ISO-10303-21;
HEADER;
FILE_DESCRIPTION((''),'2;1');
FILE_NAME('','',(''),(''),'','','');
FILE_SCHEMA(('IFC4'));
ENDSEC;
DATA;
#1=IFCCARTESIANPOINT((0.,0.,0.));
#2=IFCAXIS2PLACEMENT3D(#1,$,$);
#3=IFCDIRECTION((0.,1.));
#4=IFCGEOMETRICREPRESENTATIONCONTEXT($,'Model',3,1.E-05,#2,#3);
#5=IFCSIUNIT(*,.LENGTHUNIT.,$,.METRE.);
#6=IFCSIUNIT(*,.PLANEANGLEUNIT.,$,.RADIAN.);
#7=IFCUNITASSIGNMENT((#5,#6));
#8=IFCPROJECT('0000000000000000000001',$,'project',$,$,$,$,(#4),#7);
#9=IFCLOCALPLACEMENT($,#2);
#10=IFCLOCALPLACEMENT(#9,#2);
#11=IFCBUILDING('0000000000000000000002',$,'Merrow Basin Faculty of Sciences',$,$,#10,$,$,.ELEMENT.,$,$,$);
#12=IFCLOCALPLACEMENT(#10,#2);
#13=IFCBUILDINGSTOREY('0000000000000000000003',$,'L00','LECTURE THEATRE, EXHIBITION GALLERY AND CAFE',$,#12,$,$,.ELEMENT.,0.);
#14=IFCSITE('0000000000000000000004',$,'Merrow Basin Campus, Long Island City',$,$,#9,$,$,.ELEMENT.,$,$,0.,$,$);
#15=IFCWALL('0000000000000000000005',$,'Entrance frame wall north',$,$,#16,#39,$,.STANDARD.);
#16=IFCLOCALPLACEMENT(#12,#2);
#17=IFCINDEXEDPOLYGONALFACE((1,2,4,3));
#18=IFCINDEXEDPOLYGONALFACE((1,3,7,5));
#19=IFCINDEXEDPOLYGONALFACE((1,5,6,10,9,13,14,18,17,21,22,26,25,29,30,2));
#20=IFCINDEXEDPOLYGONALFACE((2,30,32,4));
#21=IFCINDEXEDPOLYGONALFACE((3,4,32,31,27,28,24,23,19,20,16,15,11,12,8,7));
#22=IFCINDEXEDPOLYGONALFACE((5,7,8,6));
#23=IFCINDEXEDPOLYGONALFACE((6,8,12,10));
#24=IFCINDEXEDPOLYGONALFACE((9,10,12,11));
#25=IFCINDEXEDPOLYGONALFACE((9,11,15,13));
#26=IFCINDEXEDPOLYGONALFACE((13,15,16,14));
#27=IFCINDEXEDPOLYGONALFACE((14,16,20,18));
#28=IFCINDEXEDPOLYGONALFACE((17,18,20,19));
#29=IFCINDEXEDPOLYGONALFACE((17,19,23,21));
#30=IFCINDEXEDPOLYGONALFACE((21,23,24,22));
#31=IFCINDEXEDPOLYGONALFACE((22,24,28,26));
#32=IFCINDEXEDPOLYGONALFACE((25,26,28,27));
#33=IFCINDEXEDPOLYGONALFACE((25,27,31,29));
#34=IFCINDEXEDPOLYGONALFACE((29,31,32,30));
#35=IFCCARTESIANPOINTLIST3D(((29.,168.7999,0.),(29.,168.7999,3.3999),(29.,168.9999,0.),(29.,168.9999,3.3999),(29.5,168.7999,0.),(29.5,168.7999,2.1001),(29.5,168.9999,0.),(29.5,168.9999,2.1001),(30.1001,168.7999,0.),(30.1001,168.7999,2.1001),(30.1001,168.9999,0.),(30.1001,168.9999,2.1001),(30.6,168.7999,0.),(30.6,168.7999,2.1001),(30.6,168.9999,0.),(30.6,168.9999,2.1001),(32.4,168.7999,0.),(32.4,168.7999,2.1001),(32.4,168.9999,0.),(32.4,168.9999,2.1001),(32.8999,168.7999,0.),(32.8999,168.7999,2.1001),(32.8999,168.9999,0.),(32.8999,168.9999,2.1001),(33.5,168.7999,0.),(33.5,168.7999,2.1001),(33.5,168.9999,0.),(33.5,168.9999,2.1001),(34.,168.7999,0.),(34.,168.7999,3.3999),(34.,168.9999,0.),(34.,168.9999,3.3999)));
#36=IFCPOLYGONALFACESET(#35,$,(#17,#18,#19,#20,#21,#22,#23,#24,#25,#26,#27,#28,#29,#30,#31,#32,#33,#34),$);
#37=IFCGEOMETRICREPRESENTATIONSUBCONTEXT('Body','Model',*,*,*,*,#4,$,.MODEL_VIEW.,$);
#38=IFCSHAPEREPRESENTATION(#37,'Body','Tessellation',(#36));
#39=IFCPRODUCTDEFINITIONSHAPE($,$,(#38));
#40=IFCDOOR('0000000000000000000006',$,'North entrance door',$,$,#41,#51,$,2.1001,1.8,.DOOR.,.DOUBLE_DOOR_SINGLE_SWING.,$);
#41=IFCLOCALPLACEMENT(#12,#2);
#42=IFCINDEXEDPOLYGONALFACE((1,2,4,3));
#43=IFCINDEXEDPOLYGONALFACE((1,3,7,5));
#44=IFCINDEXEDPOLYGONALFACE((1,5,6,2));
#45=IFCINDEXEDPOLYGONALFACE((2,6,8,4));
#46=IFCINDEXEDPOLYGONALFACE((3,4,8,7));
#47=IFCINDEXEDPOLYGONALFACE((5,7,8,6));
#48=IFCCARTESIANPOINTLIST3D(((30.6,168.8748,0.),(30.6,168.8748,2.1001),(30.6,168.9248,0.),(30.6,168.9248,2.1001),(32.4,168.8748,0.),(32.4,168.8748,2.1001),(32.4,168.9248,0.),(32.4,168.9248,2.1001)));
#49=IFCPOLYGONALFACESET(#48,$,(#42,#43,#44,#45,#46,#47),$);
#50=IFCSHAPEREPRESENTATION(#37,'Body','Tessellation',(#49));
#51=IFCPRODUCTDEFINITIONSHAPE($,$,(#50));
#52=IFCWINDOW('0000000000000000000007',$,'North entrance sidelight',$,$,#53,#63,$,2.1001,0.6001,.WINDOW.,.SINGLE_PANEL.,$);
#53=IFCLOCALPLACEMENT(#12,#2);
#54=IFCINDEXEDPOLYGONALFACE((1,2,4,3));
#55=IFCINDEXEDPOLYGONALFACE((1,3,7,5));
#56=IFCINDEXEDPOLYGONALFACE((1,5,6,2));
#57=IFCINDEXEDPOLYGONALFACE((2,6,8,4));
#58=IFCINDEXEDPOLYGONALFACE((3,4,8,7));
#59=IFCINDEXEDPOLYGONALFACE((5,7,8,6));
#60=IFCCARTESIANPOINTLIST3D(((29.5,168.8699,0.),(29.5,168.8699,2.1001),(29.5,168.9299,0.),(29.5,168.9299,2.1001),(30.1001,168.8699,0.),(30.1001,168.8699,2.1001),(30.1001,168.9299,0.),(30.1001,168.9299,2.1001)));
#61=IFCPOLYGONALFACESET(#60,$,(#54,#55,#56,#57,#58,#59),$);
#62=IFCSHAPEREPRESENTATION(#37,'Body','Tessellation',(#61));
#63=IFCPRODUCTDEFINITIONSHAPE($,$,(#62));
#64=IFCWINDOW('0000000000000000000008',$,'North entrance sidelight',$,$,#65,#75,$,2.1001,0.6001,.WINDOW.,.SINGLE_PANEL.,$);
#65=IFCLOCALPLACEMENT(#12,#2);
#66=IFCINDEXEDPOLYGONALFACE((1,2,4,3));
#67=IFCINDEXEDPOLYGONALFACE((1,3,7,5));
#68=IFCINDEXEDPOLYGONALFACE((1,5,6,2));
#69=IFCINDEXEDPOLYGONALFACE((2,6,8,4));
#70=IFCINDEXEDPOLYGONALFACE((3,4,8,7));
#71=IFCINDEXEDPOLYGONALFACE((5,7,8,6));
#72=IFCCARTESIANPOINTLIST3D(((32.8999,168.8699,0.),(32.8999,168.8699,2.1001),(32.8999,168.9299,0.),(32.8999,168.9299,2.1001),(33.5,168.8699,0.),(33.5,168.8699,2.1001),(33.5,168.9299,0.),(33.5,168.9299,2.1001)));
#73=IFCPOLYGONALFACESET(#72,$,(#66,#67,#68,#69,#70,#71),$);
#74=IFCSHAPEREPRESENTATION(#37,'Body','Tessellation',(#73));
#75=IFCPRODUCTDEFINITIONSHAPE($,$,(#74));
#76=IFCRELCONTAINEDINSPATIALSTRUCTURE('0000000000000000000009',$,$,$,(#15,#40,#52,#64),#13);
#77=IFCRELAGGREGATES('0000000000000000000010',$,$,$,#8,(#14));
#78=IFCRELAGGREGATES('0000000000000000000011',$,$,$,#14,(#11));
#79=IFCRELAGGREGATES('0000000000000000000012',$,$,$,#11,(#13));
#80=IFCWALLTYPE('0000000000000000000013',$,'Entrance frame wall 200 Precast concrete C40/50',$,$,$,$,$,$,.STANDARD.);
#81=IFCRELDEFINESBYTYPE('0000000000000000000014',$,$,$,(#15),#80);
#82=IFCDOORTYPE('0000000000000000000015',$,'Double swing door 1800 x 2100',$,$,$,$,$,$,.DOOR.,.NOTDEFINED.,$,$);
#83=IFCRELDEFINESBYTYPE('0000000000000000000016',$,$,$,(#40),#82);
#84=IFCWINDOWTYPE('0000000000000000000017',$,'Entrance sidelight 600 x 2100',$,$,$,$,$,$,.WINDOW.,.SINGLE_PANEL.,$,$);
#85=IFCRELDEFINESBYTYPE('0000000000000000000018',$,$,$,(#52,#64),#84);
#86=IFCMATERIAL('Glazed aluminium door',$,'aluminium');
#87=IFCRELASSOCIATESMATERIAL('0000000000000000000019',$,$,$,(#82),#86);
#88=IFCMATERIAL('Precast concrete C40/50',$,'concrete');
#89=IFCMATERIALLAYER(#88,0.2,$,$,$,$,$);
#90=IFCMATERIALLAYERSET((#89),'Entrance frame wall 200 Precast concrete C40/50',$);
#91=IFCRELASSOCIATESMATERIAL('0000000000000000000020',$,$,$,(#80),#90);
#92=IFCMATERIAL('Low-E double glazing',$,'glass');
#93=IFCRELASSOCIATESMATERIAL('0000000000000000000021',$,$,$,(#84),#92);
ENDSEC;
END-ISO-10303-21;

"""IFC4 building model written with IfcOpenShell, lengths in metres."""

from ifc_helpers import new_model, si_unit, direction, frame, frame_2d, origin, place, context, subcontext, project, spatial, rectangle, extrude, material, layer, layer_set, type_object, element, fill, save


model = new_model("IFC4")

# Units and contexts
model_context = context("Model", 3, precision=1e-05, world=origin(), true_north=direction((0.0, 1.0)))
body_context = subcontext(model_context, "Body", "Model", "MODEL_VIEW")
ifc_project = project(units=[si_unit("LENGTHUNIT", "METRE"), si_unit("PLANEANGLEUNIT", "RADIAN")], contexts=[model_context])

# Site, building, storey
site_placement = place(None, origin())
site = spatial("IfcSite", under=ifc_project, at=site_placement, Name="Merrow Basin Campus, Long Island City", CompositionType="ELEMENT", RefElevation=0.0)
building_placement = place(site_placement, origin())
building = spatial("IfcBuilding", under=site, at=building_placement, Name="Merrow Basin Faculty of Sciences", CompositionType="ELEMENT")
storey_placement = place(building_placement, origin())
storey = spatial("IfcBuildingStorey", under=building, at=storey_placement, Name="L00", Description="LECTURE THEATRE, EXHIBITION GALLERY AND CAFE", CompositionType="ELEMENT", Elevation=0.0)

# Shared definitions
ifc_material_1 = material(Name="Glazed aluminium door", Category="aluminium")
door_type = type_object("IfcDoorType", Name="Double swing door 1800 x 2100", OperationType="NOTDEFINED", PredefinedType="DOOR", material=ifc_material_1)

# Wall, openings, door, windows
ifc_material_2 = material(Name="Precast concrete C40/50", Category="concrete")
ifc_layer_1 = layer(ifc_material_2, 0.2)
ifc_layer_set_1 = layer_set([ifc_layer_1], Name="Entrance frame wall 200 Precast concrete C40/50")
wall_type_1 = type_object("IfcWallType", Name="Entrance frame wall 200 Precast concrete C40/50", PredefinedType="STANDARD", material=ifc_layer_set_1)
wall_1_placement = place(storey_placement, frame((29.0, 168.8999, 0.0), z_axis=(0.0, 0.0, 1.0), x_axis=(1.0, 0.0, 0.0)))
wall_1 = element("IfcWall", 1, at=wall_1_placement, inside=storey, type_object=wall_type_1, Name="Entrance frame wall north", PredefinedType="STANDARD", context=body_context, shape_type="SweptSolid", body=[
    extrude(rectangle(XDim=5.0, YDim=0.2, at=frame_2d((2.5, 0.0))), origin(), (0.0, 0.0, 1.0), 3.3999),
])
opening_1_placement = place(wall_1_placement, frame((1.6001, 0.0, 0.0)))
opening_1 = element("IfcOpeningElement", 2, at=opening_1_placement, cuts=wall_1, PredefinedType="OPENING", context=body_context, shape_type="SweptSolid", body=[
    extrude(rectangle(XDim=1.8, YDim=2.1001, at=frame_2d((0.8999, 1.05))), frame((0.0, 0.1099, 0.0), z_axis=(0.0, -1.0, 0.0), x_axis=(1.0, 0.0, 0.0)), (0.0, 0.0, 1.0), 0.22),
])
opening_2_placement = place(wall_1_placement, frame((0.5, 0.0, 0.0)))
opening_2 = element("IfcOpeningElement", 3, at=opening_2_placement, cuts=wall_1, PredefinedType="OPENING", context=body_context, shape_type="SweptSolid", body=[
    extrude(rectangle(XDim=0.6001, YDim=2.1001, at=frame_2d((0.3, 1.05))), frame((0.0, 0.1099, 0.0), z_axis=(0.0, -1.0, 0.0), x_axis=(1.0, 0.0, 0.0)), (0.0, 0.0, 1.0), 0.22),
])
opening_3_placement = place(wall_1_placement, frame((3.8999, 0.0, 0.0)))
opening_3 = element("IfcOpeningElement", 4, at=opening_3_placement, cuts=wall_1, PredefinedType="OPENING", context=body_context, shape_type="SweptSolid", body=[
    extrude(rectangle(XDim=0.6001, YDim=2.1001, at=frame_2d((0.3, 1.05))), frame((0.0, 0.1099, 0.0), z_axis=(0.0, -1.0, 0.0), x_axis=(1.0, 0.0, 0.0)), (0.0, 0.0, 1.0), 0.22),
])
door_1_placement = place(opening_1_placement, origin())
door_1 = element("IfcDoor", 5, at=door_1_placement, inside=storey, type_object=door_type, Name="North entrance door", OperationType="DOUBLE_DOOR_SINGLE_SWING", OverallHeight=2.1001, OverallWidth=1.8, PredefinedType="DOOR", context=body_context, shape_type="SweptSolid", body=[
    extrude(rectangle(XDim=1.8, YDim=2.1001, at=frame_2d((0.8999, 1.05))), frame((0.0, 0.0249, 0.0), z_axis=(0.0, -1.0, 0.0), x_axis=(1.0, 0.0, 0.0)), (0.0, 0.0, 1.0), 0.05),
])
fill(opening_1, door_1)
ifc_material_3 = material(Name="Low-E double glazing", Category="glass")
window_type = type_object("IfcWindowType", Name="Entrance sidelight 600 x 2100", PartitioningType="SINGLE_PANEL", PredefinedType="WINDOW", material=ifc_material_3)
window_1_placement = place(opening_2_placement, origin())
window_1 = element("IfcWindow", 6, at=window_1_placement, inside=storey, type_object=window_type, Name="North entrance sidelight", OverallHeight=2.1001, OverallWidth=0.6001, PartitioningType="SINGLE_PANEL", PredefinedType="WINDOW", context=body_context, shape_type="SweptSolid", body=[
    extrude(rectangle(XDim=0.6001, YDim=2.1001, at=frame_2d((0.3, 1.05))), frame((0.0, 0.03, 0.0), z_axis=(0.0, -1.0, 0.0), x_axis=(1.0, 0.0, 0.0)), (0.0, 0.0, 1.0), 0.0601),
])
fill(opening_2, window_1)
window_2_placement = place(opening_3_placement, origin())
window_2 = element("IfcWindow", 7, at=window_2_placement, inside=storey, type_object=window_type, Name="North entrance sidelight", OverallHeight=2.1001, OverallWidth=0.6001, PartitioningType="SINGLE_PANEL", PredefinedType="WINDOW", context=body_context, shape_type="SweptSolid", body=[
    extrude(rectangle(XDim=0.6001, YDim=2.1001, at=frame_2d((0.3, 1.05))), frame((0.0, 0.03, 0.0), z_axis=(0.0, -1.0, 0.0), x_axis=(1.0, 0.0, 0.0)), (0.0, 0.0, 1.0), 0.0601),
])
fill(opening_3, window_2)

save(model, "model.ifc")
